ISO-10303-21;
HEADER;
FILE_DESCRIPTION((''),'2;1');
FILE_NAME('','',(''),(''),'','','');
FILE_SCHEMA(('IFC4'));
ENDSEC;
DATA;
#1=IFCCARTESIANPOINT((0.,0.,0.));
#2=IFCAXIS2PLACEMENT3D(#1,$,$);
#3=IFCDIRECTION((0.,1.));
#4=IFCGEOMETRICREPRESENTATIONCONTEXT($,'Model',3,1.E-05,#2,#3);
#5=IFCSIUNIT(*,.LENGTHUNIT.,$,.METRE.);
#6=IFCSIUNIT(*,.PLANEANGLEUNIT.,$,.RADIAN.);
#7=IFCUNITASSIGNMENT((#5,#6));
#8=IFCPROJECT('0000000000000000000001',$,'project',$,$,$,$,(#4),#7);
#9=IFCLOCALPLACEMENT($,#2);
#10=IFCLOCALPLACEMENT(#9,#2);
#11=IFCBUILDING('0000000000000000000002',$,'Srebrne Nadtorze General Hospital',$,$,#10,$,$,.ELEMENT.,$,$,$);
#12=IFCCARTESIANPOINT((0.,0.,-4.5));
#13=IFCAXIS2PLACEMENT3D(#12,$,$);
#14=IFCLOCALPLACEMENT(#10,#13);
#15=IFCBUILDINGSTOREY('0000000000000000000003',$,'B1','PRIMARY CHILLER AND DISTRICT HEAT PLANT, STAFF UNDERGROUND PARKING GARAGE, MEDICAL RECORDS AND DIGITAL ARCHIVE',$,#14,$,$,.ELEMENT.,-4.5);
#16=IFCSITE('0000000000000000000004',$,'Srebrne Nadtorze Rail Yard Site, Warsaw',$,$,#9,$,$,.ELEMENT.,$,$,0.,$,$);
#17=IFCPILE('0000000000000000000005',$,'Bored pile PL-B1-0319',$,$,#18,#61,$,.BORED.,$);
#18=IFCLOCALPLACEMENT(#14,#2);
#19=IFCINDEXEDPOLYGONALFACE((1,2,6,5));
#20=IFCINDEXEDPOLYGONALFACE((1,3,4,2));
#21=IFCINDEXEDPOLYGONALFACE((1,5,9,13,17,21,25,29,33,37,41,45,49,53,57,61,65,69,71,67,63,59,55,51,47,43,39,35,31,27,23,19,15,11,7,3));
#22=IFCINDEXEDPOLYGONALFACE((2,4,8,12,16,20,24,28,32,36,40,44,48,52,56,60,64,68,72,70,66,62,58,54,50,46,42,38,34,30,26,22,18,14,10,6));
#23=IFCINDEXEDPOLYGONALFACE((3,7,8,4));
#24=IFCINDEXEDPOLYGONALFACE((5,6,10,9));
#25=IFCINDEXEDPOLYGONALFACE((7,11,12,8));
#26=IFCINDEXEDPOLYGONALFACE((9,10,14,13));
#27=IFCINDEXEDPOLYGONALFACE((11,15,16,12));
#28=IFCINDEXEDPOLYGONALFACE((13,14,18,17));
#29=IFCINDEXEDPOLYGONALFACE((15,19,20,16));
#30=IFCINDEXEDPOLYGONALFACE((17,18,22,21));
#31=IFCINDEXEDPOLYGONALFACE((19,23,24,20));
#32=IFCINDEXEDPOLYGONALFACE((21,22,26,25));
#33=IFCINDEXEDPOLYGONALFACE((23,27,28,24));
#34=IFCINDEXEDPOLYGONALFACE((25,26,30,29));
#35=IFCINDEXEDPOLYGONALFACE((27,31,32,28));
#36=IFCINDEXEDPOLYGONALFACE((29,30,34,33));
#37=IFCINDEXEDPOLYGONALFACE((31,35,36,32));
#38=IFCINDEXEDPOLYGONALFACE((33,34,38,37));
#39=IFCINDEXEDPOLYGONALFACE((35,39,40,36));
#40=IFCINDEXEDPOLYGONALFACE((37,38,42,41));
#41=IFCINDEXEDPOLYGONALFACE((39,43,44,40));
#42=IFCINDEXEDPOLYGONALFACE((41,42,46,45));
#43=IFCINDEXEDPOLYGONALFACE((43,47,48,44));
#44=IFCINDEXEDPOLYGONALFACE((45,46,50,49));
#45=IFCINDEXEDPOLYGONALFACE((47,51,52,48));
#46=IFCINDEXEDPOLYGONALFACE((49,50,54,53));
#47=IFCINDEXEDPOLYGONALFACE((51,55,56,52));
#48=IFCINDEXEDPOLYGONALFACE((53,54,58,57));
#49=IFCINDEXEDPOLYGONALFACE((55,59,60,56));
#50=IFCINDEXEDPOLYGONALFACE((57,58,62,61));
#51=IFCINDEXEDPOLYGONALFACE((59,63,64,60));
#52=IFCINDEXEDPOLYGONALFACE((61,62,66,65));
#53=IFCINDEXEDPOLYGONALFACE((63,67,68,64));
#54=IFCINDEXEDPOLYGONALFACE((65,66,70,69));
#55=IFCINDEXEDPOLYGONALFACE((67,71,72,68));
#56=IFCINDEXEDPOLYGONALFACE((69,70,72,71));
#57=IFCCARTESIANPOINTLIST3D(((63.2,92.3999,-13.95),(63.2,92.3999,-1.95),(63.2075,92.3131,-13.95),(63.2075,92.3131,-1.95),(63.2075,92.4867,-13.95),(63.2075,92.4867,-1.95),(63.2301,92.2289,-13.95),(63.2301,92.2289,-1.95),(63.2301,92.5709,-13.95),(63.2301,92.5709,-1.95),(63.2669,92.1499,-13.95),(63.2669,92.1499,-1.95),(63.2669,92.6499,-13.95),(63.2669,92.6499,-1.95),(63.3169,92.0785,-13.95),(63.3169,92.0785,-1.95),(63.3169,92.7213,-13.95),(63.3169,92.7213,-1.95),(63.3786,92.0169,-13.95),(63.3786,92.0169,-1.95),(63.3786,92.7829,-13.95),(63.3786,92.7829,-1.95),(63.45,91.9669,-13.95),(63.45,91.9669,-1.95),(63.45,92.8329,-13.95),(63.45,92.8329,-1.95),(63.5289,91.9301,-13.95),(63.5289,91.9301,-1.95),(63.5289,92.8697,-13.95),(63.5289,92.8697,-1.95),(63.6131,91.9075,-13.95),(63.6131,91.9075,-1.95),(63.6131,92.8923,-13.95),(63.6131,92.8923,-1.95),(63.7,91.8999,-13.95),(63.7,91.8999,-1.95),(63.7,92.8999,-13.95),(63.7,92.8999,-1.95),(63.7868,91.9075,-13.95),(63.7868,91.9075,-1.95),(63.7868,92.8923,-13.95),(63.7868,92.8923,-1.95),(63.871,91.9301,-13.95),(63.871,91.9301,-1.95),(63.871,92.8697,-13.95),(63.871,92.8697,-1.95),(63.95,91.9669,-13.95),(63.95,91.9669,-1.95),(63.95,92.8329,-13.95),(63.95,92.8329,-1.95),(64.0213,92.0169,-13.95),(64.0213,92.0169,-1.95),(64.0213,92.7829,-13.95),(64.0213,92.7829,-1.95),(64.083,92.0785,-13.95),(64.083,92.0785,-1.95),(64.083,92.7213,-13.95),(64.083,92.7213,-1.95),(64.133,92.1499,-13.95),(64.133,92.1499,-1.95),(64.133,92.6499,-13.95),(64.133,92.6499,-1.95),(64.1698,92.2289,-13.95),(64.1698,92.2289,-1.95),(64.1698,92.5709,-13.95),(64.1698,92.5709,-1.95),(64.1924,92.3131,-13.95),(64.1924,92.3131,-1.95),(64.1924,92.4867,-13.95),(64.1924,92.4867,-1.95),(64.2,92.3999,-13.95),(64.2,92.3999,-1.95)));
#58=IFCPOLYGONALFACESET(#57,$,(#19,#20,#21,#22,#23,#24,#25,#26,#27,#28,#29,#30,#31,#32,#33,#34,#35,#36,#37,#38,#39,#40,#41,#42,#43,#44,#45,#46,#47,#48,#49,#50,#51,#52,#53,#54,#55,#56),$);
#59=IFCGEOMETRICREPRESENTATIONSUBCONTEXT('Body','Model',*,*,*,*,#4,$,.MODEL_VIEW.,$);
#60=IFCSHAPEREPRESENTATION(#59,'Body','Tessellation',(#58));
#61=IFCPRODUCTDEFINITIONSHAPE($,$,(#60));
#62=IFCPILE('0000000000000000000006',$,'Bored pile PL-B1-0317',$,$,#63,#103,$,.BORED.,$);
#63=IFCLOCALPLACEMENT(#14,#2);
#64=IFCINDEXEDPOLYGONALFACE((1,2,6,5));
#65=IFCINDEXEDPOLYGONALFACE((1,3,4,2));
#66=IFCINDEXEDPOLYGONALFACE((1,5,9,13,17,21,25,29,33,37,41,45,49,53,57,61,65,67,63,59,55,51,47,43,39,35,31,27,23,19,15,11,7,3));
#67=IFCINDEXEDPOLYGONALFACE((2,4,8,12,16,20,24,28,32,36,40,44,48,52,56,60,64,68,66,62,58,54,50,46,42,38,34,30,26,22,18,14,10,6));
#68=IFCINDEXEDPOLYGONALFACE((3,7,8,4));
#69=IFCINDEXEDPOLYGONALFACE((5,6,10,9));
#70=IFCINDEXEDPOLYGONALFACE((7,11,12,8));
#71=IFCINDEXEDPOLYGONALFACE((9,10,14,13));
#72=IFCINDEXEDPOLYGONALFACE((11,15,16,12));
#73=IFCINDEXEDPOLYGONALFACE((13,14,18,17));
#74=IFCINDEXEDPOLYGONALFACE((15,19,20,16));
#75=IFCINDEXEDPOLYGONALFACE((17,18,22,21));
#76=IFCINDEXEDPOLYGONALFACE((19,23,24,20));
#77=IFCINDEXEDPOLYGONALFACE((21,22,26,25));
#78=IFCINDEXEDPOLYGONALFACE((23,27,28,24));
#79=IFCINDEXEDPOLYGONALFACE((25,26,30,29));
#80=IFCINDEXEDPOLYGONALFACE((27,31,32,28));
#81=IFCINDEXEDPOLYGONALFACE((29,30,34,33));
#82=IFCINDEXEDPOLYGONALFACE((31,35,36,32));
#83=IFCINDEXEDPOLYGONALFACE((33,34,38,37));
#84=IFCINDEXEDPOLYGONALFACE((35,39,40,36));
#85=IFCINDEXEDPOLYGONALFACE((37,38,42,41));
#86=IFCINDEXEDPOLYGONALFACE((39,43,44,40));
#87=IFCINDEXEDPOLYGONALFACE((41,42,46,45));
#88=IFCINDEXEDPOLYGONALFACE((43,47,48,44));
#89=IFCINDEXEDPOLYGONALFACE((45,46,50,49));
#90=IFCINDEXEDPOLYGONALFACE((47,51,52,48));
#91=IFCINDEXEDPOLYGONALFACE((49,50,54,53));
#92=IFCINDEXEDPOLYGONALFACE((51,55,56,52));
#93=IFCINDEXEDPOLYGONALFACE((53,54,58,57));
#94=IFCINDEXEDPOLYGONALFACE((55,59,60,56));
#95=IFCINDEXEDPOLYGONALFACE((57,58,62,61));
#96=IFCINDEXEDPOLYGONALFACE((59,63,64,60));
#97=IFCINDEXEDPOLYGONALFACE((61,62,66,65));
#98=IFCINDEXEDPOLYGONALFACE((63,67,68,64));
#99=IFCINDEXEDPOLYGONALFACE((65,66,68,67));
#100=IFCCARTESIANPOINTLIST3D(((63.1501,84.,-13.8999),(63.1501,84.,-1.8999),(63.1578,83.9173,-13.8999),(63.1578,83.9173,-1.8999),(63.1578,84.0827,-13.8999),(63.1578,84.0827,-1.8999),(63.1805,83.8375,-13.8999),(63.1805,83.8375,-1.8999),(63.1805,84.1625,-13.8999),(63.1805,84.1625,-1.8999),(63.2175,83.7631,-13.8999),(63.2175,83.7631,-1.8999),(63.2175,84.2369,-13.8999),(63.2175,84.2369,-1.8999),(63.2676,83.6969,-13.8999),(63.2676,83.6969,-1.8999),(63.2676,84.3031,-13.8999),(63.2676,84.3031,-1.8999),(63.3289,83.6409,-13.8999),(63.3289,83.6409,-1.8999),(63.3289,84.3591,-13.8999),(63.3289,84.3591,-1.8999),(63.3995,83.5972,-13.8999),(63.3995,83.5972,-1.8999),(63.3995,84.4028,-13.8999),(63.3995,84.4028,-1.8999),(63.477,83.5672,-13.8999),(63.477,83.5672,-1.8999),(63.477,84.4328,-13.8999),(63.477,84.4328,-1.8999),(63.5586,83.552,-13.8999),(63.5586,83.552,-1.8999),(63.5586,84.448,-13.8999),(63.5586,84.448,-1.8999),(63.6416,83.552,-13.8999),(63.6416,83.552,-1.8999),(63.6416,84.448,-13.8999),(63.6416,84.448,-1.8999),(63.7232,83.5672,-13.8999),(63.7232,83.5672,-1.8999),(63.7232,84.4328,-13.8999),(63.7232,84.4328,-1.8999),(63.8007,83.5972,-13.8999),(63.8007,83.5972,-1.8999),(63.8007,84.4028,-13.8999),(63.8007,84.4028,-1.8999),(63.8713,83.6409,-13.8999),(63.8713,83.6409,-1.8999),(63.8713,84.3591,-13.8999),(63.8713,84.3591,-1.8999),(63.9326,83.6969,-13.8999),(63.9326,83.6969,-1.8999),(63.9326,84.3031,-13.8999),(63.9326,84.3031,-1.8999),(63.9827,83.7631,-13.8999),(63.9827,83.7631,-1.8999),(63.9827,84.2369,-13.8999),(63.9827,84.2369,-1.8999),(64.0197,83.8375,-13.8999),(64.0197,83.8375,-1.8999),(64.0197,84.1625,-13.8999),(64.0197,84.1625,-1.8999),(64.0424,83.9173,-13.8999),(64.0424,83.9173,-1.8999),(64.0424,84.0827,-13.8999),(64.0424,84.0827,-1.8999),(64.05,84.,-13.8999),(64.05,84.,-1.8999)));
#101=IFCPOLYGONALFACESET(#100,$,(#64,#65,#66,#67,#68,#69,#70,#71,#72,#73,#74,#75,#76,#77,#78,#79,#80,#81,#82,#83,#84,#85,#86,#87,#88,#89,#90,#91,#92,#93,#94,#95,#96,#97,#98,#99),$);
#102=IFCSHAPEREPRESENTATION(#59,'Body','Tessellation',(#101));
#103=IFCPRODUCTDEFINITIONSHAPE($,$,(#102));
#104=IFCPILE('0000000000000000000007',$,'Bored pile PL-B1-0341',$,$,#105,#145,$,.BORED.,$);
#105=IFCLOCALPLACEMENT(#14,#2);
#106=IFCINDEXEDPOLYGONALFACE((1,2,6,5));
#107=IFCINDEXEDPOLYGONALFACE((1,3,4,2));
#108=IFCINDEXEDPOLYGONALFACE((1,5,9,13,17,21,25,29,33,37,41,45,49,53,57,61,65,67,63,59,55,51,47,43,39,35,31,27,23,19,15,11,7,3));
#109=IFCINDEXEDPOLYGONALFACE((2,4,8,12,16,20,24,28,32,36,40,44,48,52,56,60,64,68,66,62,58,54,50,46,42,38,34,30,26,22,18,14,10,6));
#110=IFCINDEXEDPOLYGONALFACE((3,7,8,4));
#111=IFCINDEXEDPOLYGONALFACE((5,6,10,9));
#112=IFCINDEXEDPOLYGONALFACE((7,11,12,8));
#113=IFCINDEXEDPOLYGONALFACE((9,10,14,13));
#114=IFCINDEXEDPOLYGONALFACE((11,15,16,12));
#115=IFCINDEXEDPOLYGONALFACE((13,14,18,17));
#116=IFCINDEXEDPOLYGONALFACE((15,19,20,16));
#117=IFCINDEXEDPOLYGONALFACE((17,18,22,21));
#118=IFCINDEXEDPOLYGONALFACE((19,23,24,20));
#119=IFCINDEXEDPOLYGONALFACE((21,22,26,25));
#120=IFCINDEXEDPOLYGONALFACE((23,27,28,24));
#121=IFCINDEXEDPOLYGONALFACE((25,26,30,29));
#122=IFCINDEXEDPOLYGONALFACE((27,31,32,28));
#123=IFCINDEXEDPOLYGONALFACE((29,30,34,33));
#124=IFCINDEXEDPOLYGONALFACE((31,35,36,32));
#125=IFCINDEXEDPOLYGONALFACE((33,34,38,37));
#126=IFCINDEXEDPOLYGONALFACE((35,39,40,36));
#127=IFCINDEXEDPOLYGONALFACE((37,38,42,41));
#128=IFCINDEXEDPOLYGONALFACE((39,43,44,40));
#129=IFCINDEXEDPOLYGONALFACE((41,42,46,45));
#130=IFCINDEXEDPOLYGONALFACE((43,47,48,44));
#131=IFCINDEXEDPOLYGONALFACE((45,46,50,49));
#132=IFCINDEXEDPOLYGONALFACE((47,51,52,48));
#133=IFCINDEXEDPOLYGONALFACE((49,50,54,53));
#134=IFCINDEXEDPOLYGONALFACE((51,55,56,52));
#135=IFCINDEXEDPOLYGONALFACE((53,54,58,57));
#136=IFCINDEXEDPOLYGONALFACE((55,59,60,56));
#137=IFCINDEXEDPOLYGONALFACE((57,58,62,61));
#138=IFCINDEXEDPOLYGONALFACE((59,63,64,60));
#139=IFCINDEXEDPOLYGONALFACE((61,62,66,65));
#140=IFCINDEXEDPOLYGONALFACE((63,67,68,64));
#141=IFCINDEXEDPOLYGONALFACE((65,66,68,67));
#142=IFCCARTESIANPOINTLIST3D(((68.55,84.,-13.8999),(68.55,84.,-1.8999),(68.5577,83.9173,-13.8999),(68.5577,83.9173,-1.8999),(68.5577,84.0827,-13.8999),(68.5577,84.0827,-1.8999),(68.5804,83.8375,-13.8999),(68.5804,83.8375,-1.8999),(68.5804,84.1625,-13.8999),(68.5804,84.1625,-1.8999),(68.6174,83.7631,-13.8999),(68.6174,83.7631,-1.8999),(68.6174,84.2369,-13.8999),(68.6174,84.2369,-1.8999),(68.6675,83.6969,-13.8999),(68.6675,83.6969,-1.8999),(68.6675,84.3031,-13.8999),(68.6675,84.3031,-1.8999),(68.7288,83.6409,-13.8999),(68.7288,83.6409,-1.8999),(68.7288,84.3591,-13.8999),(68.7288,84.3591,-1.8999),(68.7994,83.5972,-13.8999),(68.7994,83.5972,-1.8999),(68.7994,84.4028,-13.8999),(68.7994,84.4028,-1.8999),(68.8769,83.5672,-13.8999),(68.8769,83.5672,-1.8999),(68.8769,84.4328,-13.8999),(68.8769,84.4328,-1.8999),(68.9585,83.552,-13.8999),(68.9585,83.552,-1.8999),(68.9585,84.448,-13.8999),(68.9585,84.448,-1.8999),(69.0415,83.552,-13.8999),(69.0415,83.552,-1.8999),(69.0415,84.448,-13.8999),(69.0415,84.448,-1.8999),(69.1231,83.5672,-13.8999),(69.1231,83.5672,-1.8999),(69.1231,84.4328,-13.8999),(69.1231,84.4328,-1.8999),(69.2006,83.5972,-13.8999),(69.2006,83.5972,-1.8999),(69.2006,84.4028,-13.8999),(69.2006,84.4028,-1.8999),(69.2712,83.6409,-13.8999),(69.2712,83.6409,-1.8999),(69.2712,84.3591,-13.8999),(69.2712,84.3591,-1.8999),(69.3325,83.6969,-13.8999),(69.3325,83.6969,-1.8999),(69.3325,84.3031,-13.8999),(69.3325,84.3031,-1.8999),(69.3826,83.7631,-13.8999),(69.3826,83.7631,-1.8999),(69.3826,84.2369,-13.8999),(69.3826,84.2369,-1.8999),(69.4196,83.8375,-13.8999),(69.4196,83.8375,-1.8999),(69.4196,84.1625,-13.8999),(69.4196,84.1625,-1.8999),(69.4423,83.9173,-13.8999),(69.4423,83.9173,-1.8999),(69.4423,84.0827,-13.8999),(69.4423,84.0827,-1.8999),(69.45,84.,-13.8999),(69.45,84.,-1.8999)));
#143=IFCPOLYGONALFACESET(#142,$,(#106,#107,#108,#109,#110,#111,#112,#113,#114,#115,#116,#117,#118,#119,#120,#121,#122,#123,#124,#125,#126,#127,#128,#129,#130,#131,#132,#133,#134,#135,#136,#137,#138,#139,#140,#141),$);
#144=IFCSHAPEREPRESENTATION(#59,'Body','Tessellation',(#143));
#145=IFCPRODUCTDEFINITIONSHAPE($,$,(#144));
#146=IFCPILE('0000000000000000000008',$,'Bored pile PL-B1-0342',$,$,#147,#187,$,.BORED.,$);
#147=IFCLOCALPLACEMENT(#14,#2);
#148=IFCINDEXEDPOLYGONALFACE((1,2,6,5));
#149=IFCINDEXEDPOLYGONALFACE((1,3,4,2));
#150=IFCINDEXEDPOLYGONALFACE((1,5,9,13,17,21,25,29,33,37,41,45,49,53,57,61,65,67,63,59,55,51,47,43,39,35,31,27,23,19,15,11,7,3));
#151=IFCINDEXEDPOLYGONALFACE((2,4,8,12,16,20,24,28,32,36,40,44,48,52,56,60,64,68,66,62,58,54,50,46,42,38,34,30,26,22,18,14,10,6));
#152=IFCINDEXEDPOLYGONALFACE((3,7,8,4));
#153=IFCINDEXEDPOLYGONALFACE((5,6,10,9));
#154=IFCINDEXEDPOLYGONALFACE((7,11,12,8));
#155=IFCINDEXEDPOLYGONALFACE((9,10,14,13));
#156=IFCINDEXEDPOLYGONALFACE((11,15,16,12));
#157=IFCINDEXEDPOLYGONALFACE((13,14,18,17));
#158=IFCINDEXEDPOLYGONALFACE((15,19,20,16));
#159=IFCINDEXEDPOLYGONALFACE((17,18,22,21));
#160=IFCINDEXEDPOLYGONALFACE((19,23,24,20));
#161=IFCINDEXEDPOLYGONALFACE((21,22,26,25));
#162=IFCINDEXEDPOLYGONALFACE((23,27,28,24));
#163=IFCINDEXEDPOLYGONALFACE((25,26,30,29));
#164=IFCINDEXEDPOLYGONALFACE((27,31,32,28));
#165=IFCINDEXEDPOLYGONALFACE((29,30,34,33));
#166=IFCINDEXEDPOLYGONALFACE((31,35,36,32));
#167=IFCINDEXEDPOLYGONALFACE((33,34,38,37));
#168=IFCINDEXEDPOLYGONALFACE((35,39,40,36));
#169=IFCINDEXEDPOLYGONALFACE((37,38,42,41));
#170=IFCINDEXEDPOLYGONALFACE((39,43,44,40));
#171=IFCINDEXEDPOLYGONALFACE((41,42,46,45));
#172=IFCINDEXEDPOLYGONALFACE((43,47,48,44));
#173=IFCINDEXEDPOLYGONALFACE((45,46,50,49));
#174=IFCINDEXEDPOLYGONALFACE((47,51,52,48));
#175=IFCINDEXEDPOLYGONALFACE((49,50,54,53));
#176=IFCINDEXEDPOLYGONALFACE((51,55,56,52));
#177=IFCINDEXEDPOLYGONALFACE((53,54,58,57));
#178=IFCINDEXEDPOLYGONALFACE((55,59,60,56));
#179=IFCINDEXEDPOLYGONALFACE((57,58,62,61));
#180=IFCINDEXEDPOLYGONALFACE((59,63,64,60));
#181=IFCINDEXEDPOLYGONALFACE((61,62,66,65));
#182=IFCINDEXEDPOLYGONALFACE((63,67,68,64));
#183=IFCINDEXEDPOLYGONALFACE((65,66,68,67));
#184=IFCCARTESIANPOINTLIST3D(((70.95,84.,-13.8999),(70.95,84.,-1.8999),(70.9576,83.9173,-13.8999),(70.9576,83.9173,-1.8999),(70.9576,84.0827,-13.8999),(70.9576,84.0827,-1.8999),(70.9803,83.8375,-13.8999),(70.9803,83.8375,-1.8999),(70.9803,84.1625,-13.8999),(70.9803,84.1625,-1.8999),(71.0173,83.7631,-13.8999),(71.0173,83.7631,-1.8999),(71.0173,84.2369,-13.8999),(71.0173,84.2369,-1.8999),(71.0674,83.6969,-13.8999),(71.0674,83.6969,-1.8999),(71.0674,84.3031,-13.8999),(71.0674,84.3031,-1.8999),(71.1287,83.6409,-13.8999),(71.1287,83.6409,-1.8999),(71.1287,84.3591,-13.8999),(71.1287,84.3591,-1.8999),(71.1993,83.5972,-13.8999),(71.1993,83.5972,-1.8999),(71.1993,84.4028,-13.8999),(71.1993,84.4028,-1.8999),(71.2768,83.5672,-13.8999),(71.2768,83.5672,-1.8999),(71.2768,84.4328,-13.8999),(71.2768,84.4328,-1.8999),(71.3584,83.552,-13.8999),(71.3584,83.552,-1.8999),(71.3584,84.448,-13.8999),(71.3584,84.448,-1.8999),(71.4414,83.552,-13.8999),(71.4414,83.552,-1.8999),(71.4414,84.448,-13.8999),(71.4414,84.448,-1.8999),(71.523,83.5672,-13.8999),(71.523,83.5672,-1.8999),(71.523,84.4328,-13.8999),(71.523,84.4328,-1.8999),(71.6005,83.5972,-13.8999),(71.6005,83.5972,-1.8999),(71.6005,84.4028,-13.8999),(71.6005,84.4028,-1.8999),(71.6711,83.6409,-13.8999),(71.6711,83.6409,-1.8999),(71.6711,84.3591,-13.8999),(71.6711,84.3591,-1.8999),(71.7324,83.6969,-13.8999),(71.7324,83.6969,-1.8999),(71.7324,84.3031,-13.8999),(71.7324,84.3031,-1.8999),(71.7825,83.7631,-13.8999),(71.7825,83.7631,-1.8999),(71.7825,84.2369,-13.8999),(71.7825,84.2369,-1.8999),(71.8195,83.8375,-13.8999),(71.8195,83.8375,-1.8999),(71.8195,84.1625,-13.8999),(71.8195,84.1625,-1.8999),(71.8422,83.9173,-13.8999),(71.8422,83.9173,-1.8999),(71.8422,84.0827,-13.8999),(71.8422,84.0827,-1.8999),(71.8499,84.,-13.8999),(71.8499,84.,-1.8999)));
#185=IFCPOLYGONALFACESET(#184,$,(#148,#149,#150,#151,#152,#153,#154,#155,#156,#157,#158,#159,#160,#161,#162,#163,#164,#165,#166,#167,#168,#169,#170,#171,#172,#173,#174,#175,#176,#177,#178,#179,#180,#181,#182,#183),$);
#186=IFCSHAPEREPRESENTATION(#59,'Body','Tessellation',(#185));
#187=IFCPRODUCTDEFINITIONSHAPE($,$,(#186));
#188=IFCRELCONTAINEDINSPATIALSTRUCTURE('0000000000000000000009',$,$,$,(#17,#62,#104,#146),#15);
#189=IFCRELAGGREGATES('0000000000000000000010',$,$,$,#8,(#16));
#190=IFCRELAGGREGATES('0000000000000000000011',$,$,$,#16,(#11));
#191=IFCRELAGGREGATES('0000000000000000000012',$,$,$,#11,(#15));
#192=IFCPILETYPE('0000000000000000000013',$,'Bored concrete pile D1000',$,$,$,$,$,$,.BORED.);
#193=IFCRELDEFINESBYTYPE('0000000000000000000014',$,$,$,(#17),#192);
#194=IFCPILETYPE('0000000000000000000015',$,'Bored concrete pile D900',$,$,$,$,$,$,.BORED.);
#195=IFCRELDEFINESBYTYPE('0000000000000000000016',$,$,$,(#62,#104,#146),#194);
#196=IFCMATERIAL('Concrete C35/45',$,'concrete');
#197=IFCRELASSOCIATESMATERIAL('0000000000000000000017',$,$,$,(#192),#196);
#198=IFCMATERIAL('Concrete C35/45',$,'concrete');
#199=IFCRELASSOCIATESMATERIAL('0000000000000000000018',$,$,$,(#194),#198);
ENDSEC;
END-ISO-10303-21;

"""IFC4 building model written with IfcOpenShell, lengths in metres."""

from ifc_helpers import new_model, si_unit, direction, frame, origin, origin_2d, place, context, subcontext, project, spatial, circle, extrude, material, material_profile, profile_set, type_object, element, save


model = new_model("IFC4")

# Units and contexts
model_context = context("Model", 3, precision=1e-05, world=origin(), true_north=direction((0.0, 1.0)))
body_context = subcontext(model_context, "Body", "Model", "MODEL_VIEW")
ifc_project = project(units=[si_unit("LENGTHUNIT", "METRE"), si_unit("PLANEANGLEUNIT", "RADIAN")], contexts=[model_context])

# Site, building, storey
site_placement = place(None, origin())
site = spatial("IfcSite", under=ifc_project, at=site_placement, Name="Srebrne Nadtorze Rail Yard Site, Warsaw", CompositionType="ELEMENT", RefElevation=0.0)
building_placement = place(site_placement, origin())
building = spatial("IfcBuilding", under=site, at=building_placement, Name="Srebrne Nadtorze General Hospital", CompositionType="ELEMENT")
storey_placement = place(building_placement, frame((0.0, 0.0, -4.5)))
storey = spatial("IfcBuildingStorey", under=building, at=storey_placement, Name="B1", Description="PRIMARY CHILLER AND DISTRICT HEAT PLANT, STAFF UNDERGROUND PARKING GARAGE, MEDICAL RECORDS AND DIGITAL ARCHIVE", CompositionType="ELEMENT", Elevation=-4.5)

# Piles
ifc_material_1 = material(Name="Concrete C35/45", Category="concrete")
ifc_material_profile_1 = material_profile(ifc_material_1, circle(Radius=0.5, at=origin_2d()), Name="PILE-D1000")
ifc_profile_set_1 = profile_set([ifc_material_profile_1], Name="Concrete C35/45")
pile_type_1 = type_object("IfcPileType", Name="Bored concrete pile D1000", PredefinedType="BORED", material=ifc_profile_set_1)
pile_placement = place(storey_placement, frame((63.7, 92.3999, -1.95), z_axis=(0.0, 0.0, -1.0), x_axis=(1.0, 0.0, 0.0)))
element("IfcPile", 1, at=pile_placement, inside=storey, type_object=pile_type_1, Name="Bored pile PL-B1-0319", PredefinedType="BORED", context=body_context, shape_type="SweptSolid", body=[
    extrude(circle(Radius=0.5, at=origin_2d()), origin(), (0.0, 0.0, 1.0), 12.0),
])
ifc_material_2 = material(Name="Concrete C35/45", Category="concrete")
ifc_material_profile_2 = material_profile(ifc_material_2, circle(Radius=0.45, at=origin_2d()), Name="PILE-D900")
ifc_profile_set_2 = profile_set([ifc_material_profile_2], Name="Concrete C35/45")
pile_type_2 = type_object("IfcPileType", Name="Bored concrete pile D900", PredefinedType="BORED", material=ifc_profile_set_2)
for number, where, z_axis, x_axis, name in (
    (2, (63.6001, 84.0, -1.8999), (0.0, 0.0, -1.0), (1.0, 0.0, 0.0), "Bored pile PL-B1-0317"),
    (3, (69.0, 84.0, -1.8999), (0.0, 0.0, -1.0), (1.0, 0.0, 0.0), "Bored pile PL-B1-0341"),
    (4, (71.3999, 84.0, -1.8999), (0.0, 0.0, -1.0), (1.0, 0.0, 0.0), "Bored pile PL-B1-0342"),
):
    element("IfcPile", number, at=place(storey_placement, frame(where, z_axis=z_axis, x_axis=x_axis)), inside=storey, type_object=pile_type_2, Name=name, PredefinedType="BORED", context=body_context, shape_type="SweptSolid", body=[
        extrude(circle(Radius=0.45, at=origin_2d()), origin(), (0.0, 0.0, 1.0), 12.0),
    ])

save(model, "model.ifc")
